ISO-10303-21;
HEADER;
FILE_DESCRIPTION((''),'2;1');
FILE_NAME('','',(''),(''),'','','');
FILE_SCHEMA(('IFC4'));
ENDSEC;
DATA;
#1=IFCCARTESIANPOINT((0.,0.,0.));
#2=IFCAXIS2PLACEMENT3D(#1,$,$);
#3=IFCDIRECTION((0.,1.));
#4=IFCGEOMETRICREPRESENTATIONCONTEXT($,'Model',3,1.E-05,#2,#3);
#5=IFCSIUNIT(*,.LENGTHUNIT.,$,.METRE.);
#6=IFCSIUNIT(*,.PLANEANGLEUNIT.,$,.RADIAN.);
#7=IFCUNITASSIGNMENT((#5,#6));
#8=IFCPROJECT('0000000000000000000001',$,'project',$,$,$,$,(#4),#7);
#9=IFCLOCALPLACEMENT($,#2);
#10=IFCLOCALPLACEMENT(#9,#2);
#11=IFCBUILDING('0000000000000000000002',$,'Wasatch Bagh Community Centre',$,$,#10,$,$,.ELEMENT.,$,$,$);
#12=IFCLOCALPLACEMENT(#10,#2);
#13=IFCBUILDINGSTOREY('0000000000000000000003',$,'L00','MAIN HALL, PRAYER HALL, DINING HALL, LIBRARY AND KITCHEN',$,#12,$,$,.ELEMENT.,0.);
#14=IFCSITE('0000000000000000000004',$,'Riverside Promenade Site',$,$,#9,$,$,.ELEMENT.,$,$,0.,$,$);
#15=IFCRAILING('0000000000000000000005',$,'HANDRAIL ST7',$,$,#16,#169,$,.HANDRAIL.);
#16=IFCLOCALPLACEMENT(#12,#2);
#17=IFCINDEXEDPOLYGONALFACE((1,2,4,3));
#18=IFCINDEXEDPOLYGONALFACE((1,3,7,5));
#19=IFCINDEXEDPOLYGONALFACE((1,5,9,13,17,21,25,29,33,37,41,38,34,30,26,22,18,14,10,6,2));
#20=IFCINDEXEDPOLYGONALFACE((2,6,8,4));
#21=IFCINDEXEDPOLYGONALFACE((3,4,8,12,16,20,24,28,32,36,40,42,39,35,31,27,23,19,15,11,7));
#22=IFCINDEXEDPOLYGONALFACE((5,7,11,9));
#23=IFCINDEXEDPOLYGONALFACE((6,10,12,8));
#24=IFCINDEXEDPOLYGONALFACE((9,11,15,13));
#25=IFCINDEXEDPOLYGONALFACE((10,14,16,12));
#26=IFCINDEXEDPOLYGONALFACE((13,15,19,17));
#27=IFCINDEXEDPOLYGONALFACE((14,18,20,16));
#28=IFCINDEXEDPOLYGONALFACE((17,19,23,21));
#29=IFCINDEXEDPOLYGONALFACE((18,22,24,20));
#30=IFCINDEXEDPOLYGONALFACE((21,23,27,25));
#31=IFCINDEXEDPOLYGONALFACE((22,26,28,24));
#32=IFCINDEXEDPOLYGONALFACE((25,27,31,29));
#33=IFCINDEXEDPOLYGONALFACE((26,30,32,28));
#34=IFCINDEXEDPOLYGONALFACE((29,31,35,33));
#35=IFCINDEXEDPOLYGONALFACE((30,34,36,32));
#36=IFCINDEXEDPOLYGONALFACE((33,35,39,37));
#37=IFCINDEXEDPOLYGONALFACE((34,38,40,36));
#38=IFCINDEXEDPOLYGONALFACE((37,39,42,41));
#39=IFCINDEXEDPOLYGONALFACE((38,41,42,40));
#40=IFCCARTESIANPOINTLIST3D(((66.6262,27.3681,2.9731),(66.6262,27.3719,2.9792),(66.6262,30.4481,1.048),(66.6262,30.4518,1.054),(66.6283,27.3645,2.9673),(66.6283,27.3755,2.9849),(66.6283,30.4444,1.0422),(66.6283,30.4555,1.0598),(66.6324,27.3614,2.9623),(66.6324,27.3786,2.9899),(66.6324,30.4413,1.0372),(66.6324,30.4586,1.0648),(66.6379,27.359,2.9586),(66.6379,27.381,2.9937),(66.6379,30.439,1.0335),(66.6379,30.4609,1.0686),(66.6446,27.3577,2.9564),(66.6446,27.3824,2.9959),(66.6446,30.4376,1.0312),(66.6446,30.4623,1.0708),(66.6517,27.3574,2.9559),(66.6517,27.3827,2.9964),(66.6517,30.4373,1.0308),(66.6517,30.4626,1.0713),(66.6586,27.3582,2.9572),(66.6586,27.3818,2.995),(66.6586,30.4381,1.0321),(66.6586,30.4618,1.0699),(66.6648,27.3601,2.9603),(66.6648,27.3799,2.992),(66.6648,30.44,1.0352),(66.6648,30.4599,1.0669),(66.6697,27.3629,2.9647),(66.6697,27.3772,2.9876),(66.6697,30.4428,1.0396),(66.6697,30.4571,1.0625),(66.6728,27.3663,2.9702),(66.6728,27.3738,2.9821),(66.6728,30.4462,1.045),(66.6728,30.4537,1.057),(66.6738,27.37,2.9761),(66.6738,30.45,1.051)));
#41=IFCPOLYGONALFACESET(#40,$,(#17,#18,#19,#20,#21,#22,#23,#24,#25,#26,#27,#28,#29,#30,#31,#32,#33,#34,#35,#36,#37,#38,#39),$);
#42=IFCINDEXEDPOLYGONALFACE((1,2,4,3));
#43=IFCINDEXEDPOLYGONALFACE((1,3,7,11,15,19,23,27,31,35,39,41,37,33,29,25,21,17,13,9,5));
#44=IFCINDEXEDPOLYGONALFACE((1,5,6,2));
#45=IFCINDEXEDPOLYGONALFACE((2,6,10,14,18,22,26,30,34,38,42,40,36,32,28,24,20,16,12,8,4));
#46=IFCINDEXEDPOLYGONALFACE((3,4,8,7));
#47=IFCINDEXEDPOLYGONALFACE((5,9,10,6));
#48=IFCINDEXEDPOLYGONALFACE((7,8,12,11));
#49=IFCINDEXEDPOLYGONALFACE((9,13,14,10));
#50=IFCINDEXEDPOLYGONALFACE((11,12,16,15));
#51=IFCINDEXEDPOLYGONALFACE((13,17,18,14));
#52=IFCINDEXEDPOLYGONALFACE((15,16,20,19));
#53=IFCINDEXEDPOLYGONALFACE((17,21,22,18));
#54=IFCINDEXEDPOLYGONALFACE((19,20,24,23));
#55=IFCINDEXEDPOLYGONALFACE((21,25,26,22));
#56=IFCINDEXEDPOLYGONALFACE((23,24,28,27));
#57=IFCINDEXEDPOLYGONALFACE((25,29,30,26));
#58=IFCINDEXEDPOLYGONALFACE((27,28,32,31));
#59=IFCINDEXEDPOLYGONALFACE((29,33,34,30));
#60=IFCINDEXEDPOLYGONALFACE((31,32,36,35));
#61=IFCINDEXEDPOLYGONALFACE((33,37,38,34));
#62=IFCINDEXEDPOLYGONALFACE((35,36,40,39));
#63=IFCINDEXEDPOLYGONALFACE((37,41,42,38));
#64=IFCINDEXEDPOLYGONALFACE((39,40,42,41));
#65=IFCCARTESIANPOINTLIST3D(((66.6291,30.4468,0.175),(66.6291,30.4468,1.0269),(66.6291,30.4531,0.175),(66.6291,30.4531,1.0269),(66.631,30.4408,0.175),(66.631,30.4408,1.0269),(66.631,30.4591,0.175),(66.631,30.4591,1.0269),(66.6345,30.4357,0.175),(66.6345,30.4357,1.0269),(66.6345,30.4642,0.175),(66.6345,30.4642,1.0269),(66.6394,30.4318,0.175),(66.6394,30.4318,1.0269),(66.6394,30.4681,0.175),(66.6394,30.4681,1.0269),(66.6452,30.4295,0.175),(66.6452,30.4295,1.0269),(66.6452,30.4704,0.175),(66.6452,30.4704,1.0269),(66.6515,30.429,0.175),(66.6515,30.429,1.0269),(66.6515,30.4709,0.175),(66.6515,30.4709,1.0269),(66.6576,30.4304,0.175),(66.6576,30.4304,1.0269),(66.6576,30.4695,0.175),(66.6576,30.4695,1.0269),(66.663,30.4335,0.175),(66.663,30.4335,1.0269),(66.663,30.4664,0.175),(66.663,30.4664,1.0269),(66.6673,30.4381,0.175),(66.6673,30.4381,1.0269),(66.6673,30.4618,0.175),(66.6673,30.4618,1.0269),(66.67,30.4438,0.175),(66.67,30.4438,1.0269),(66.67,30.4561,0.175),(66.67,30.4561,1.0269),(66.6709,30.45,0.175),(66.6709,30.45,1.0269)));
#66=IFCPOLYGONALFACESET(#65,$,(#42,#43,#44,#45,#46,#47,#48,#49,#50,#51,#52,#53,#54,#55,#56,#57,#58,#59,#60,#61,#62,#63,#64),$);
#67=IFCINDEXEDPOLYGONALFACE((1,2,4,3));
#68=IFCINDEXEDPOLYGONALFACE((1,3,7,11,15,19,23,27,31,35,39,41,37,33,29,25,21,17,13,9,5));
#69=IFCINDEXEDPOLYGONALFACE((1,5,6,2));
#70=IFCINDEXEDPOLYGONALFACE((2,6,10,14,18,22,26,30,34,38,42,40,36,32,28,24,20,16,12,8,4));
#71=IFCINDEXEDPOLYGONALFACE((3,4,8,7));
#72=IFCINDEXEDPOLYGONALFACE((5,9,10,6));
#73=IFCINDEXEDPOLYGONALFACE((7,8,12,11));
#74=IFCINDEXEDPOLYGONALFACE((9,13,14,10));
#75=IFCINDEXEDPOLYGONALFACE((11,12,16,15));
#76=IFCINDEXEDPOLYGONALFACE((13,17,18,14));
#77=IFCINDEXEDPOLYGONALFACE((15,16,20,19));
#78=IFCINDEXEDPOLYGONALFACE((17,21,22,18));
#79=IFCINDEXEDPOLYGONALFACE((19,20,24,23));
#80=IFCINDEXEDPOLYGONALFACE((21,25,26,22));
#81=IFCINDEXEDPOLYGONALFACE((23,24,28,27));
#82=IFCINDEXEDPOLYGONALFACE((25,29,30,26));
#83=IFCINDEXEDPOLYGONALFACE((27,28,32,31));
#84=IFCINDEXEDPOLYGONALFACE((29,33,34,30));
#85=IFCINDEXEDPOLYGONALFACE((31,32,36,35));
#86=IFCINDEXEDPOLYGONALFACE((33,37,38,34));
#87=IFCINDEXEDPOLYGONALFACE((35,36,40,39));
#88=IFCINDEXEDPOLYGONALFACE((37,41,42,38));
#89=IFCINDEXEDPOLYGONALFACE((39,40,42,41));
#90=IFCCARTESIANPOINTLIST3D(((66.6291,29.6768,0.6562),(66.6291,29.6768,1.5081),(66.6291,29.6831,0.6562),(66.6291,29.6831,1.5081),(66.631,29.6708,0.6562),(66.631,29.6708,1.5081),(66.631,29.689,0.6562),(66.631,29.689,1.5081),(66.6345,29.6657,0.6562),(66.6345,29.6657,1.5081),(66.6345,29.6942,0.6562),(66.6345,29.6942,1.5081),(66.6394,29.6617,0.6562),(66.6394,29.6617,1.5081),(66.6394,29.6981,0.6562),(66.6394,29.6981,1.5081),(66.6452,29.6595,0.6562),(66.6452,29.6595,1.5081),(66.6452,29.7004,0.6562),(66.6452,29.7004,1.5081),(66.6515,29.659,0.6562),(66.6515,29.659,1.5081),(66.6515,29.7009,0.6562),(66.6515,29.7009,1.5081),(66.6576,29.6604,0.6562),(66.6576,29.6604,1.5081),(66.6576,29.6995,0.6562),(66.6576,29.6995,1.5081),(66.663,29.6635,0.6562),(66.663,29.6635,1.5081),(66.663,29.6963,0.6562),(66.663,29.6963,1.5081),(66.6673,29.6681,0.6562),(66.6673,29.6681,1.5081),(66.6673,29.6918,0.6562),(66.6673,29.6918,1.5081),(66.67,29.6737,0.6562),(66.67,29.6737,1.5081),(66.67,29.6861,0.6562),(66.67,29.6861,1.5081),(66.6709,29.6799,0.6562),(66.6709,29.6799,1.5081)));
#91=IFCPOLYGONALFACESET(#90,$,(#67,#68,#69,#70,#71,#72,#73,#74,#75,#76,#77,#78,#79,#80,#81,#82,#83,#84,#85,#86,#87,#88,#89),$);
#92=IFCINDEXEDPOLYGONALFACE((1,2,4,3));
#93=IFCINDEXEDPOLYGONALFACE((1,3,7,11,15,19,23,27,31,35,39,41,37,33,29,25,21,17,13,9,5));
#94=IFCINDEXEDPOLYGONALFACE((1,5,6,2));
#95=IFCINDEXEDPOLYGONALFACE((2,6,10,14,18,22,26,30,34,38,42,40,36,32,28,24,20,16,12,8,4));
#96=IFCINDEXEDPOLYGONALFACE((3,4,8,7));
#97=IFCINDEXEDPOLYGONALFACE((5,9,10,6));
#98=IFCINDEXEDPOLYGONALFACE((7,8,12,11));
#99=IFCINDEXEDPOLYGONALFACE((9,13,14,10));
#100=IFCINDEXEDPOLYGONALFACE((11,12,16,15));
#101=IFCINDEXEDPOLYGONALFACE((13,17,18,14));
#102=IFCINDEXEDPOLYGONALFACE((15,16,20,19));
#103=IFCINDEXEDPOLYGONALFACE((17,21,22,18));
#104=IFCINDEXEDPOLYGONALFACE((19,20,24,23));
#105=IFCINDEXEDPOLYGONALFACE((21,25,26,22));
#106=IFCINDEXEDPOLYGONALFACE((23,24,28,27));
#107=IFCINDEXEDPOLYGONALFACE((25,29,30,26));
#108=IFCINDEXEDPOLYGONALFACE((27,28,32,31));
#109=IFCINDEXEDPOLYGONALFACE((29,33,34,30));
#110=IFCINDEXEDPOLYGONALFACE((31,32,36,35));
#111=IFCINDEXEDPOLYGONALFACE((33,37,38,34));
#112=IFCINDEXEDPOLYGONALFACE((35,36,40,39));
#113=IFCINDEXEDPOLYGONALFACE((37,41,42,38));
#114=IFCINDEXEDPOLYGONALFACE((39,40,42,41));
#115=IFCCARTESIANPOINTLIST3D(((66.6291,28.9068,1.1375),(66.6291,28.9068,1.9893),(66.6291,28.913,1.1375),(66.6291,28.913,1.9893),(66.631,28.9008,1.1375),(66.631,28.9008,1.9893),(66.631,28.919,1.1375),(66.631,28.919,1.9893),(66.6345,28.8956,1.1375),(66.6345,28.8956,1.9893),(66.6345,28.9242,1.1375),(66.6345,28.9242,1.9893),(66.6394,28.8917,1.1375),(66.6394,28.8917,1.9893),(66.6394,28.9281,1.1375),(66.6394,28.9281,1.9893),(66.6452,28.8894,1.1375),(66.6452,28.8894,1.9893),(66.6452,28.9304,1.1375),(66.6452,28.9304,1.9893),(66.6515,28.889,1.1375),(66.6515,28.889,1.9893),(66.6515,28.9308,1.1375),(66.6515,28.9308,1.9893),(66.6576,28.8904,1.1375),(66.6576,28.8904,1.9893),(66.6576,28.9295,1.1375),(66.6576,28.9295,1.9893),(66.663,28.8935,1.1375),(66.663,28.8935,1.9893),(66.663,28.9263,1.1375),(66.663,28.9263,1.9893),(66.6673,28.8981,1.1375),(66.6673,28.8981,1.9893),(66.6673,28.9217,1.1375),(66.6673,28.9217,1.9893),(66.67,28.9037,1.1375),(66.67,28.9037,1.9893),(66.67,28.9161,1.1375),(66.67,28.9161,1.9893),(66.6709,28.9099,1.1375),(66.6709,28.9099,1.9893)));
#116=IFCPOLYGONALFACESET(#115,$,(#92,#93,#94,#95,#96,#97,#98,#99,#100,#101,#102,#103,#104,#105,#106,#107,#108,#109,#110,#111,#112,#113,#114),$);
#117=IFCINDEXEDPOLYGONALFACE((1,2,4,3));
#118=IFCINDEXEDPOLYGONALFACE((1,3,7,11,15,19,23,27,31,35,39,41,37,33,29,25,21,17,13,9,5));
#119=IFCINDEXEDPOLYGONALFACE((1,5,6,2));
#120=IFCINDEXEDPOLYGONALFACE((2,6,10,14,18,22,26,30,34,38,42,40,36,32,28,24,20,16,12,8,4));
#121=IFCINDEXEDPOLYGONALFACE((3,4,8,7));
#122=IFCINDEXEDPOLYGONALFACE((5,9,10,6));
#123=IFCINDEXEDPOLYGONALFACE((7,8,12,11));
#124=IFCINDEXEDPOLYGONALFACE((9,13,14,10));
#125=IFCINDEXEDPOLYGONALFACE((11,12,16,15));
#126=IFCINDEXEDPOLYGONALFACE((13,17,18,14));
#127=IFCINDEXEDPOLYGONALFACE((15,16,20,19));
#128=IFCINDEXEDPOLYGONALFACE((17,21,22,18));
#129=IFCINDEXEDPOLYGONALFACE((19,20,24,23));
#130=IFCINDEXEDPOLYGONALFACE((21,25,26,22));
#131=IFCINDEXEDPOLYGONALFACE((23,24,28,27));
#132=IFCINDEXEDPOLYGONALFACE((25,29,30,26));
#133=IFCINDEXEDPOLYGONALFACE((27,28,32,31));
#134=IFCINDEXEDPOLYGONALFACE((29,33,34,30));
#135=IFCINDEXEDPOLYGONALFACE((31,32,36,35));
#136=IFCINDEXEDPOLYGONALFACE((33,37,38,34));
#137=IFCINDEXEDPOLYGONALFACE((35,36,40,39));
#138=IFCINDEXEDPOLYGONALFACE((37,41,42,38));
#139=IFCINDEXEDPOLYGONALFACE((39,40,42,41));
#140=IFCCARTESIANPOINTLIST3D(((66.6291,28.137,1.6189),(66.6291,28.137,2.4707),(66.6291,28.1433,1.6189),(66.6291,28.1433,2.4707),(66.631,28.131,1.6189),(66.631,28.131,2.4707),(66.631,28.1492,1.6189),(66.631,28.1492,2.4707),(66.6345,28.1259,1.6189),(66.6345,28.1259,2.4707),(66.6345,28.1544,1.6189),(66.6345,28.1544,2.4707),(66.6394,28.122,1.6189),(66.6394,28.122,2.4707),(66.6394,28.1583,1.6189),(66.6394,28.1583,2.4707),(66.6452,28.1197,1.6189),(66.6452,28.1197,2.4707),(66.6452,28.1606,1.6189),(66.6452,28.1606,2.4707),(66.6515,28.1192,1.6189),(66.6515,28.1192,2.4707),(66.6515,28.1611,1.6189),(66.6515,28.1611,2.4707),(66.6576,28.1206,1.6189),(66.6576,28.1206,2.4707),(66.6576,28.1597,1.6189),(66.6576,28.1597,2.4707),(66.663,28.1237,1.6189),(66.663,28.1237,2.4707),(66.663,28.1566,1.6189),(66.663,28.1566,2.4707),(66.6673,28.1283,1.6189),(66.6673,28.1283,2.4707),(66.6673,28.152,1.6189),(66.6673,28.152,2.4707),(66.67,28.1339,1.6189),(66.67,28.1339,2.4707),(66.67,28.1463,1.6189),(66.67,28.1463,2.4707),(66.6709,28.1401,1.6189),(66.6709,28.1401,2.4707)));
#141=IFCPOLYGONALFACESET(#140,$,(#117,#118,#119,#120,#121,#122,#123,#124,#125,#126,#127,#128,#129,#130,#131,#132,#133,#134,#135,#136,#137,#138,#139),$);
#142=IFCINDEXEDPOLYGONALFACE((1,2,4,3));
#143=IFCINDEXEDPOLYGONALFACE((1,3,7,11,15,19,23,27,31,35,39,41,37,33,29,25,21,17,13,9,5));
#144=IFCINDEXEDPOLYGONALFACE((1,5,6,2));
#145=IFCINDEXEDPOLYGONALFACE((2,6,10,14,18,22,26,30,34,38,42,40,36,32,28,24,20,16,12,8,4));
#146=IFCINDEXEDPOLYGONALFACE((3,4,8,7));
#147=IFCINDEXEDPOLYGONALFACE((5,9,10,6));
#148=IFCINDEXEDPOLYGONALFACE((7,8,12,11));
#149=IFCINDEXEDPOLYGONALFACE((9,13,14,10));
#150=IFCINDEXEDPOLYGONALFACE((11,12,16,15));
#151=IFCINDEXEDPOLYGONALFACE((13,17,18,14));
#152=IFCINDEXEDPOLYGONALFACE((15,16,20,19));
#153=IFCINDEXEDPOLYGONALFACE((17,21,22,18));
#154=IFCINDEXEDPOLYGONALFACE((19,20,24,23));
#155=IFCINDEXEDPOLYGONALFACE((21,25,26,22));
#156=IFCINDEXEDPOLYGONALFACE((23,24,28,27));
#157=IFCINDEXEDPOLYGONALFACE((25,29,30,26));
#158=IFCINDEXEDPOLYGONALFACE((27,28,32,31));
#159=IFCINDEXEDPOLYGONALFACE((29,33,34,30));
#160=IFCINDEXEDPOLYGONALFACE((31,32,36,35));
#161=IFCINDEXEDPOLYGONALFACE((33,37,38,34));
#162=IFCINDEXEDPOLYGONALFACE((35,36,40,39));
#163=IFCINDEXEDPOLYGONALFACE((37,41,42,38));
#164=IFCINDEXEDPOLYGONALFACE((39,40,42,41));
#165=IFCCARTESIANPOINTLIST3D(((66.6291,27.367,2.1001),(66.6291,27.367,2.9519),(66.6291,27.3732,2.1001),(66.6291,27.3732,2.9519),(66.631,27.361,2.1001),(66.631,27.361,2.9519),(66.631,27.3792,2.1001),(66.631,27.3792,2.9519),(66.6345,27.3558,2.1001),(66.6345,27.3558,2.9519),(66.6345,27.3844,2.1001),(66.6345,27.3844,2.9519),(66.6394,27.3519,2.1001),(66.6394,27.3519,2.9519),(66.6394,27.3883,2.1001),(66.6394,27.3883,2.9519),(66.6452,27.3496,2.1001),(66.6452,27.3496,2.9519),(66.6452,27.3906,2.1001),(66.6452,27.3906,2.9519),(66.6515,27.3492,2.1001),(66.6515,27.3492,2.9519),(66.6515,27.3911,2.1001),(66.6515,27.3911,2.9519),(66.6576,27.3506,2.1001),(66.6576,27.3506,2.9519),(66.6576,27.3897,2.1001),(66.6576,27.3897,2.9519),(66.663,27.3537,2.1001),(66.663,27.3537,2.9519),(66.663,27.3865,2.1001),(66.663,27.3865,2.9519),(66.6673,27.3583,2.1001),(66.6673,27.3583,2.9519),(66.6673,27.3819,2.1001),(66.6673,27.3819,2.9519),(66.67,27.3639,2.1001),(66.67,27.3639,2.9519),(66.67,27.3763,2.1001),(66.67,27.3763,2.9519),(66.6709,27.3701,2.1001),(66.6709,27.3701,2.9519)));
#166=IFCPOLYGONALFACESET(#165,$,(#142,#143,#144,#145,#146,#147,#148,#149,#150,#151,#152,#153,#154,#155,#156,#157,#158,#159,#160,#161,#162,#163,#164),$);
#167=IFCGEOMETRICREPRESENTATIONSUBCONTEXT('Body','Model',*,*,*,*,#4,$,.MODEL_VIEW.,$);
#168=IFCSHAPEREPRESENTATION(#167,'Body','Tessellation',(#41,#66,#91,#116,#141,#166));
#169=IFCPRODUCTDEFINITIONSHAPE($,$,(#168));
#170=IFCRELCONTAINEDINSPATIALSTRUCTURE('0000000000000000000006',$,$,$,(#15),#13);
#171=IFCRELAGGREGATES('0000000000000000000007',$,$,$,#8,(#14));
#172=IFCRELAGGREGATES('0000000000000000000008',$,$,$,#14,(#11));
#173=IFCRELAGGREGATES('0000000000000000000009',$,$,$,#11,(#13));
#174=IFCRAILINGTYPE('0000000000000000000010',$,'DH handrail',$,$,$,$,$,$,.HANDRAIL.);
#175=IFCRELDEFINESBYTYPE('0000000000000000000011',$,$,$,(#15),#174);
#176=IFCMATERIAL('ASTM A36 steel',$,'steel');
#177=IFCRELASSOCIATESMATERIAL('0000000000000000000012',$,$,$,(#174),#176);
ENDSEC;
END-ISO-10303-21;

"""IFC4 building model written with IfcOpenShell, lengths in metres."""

from ifc_helpers import new_model, si_unit, direction, frame, origin, origin_2d, place, context, subcontext, project, spatial, circle, extrude, material, type_object, element, save


model = new_model("IFC4")

# Units and contexts
model_context = context("Model", 3, precision=1e-05, world=origin(), true_north=direction((0.0, 1.0)))
body_context = subcontext(model_context, "Body", "Model", "MODEL_VIEW")
ifc_project = project(units=[si_unit("LENGTHUNIT", "METRE"), si_unit("PLANEANGLEUNIT", "RADIAN")], contexts=[model_context])

# Site, building, storey
site_placement = place(None, origin())
site = spatial("IfcSite", under=ifc_project, at=site_placement, Name="Riverside Promenade Site", CompositionType="ELEMENT", RefElevation=0.0)
building_placement = place(site_placement, origin())
building = spatial("IfcBuilding", under=site, at=building_placement, Name="Wasatch Bagh Community Centre", CompositionType="ELEMENT")
storey_placement = place(building_placement, origin())
storey = spatial("IfcBuildingStorey", under=building, at=storey_placement, Name="L00", Description="MAIN HALL, PRAYER HALL, DINING HALL, LIBRARY AND KITCHEN", CompositionType="ELEMENT", Elevation=0.0)

# Railing
ifc_material_1 = material(Name="ASTM A36 steel", Category="steel")
railing_type_1 = type_object("IfcRailingType", Name="DH handrail", PredefinedType="HANDRAIL", material=ifc_material_1)
for number, where, name in (
    (1, (66.6499, 30.45, 0.175), "HANDRAIL ST7"),
):
    element("IfcRailing", number, at=place(storey_placement, frame(where)), inside=storey, type_object=railing_type_1, Name=name, PredefinedType="HANDRAIL", context=body_context, shape_type="SweptSolid", body=[
        extrude(circle(Radius=0.0239, at=origin_2d()), frame((0.0, 0.0, 0.876), z_axis=(0.0, -0.847979, 0.530029), x_axis=(1.0, 0.0, 0.0)), (0.0, 0.0, 1.0), 3.6321),
        extrude(circle(Radius=0.021, at=origin_2d()), origin(), (0.0, 0.0, 1.0), 0.8518),
        extrude(circle(Radius=0.021, at=origin_2d()), frame((0.0, -0.77, 0.4812)), (0.0, 0.0, 1.0), 0.8518),
        extrude(circle(Radius=0.021, at=origin_2d()), frame((0.0, -1.54, 0.9624)), (0.0, 0.0, 1.0), 0.8518),
        extrude(circle(Radius=0.021, at=origin_2d()), frame((0.0, -2.3098, 1.4438)), (0.0, 0.0, 1.0), 0.8518),
        extrude(circle(Radius=0.021, at=origin_2d()), frame((0.0, -3.0798, 1.925)), (0.0, 0.0, 1.0), 0.8518),
    ])

save(model, "model.ifc")
